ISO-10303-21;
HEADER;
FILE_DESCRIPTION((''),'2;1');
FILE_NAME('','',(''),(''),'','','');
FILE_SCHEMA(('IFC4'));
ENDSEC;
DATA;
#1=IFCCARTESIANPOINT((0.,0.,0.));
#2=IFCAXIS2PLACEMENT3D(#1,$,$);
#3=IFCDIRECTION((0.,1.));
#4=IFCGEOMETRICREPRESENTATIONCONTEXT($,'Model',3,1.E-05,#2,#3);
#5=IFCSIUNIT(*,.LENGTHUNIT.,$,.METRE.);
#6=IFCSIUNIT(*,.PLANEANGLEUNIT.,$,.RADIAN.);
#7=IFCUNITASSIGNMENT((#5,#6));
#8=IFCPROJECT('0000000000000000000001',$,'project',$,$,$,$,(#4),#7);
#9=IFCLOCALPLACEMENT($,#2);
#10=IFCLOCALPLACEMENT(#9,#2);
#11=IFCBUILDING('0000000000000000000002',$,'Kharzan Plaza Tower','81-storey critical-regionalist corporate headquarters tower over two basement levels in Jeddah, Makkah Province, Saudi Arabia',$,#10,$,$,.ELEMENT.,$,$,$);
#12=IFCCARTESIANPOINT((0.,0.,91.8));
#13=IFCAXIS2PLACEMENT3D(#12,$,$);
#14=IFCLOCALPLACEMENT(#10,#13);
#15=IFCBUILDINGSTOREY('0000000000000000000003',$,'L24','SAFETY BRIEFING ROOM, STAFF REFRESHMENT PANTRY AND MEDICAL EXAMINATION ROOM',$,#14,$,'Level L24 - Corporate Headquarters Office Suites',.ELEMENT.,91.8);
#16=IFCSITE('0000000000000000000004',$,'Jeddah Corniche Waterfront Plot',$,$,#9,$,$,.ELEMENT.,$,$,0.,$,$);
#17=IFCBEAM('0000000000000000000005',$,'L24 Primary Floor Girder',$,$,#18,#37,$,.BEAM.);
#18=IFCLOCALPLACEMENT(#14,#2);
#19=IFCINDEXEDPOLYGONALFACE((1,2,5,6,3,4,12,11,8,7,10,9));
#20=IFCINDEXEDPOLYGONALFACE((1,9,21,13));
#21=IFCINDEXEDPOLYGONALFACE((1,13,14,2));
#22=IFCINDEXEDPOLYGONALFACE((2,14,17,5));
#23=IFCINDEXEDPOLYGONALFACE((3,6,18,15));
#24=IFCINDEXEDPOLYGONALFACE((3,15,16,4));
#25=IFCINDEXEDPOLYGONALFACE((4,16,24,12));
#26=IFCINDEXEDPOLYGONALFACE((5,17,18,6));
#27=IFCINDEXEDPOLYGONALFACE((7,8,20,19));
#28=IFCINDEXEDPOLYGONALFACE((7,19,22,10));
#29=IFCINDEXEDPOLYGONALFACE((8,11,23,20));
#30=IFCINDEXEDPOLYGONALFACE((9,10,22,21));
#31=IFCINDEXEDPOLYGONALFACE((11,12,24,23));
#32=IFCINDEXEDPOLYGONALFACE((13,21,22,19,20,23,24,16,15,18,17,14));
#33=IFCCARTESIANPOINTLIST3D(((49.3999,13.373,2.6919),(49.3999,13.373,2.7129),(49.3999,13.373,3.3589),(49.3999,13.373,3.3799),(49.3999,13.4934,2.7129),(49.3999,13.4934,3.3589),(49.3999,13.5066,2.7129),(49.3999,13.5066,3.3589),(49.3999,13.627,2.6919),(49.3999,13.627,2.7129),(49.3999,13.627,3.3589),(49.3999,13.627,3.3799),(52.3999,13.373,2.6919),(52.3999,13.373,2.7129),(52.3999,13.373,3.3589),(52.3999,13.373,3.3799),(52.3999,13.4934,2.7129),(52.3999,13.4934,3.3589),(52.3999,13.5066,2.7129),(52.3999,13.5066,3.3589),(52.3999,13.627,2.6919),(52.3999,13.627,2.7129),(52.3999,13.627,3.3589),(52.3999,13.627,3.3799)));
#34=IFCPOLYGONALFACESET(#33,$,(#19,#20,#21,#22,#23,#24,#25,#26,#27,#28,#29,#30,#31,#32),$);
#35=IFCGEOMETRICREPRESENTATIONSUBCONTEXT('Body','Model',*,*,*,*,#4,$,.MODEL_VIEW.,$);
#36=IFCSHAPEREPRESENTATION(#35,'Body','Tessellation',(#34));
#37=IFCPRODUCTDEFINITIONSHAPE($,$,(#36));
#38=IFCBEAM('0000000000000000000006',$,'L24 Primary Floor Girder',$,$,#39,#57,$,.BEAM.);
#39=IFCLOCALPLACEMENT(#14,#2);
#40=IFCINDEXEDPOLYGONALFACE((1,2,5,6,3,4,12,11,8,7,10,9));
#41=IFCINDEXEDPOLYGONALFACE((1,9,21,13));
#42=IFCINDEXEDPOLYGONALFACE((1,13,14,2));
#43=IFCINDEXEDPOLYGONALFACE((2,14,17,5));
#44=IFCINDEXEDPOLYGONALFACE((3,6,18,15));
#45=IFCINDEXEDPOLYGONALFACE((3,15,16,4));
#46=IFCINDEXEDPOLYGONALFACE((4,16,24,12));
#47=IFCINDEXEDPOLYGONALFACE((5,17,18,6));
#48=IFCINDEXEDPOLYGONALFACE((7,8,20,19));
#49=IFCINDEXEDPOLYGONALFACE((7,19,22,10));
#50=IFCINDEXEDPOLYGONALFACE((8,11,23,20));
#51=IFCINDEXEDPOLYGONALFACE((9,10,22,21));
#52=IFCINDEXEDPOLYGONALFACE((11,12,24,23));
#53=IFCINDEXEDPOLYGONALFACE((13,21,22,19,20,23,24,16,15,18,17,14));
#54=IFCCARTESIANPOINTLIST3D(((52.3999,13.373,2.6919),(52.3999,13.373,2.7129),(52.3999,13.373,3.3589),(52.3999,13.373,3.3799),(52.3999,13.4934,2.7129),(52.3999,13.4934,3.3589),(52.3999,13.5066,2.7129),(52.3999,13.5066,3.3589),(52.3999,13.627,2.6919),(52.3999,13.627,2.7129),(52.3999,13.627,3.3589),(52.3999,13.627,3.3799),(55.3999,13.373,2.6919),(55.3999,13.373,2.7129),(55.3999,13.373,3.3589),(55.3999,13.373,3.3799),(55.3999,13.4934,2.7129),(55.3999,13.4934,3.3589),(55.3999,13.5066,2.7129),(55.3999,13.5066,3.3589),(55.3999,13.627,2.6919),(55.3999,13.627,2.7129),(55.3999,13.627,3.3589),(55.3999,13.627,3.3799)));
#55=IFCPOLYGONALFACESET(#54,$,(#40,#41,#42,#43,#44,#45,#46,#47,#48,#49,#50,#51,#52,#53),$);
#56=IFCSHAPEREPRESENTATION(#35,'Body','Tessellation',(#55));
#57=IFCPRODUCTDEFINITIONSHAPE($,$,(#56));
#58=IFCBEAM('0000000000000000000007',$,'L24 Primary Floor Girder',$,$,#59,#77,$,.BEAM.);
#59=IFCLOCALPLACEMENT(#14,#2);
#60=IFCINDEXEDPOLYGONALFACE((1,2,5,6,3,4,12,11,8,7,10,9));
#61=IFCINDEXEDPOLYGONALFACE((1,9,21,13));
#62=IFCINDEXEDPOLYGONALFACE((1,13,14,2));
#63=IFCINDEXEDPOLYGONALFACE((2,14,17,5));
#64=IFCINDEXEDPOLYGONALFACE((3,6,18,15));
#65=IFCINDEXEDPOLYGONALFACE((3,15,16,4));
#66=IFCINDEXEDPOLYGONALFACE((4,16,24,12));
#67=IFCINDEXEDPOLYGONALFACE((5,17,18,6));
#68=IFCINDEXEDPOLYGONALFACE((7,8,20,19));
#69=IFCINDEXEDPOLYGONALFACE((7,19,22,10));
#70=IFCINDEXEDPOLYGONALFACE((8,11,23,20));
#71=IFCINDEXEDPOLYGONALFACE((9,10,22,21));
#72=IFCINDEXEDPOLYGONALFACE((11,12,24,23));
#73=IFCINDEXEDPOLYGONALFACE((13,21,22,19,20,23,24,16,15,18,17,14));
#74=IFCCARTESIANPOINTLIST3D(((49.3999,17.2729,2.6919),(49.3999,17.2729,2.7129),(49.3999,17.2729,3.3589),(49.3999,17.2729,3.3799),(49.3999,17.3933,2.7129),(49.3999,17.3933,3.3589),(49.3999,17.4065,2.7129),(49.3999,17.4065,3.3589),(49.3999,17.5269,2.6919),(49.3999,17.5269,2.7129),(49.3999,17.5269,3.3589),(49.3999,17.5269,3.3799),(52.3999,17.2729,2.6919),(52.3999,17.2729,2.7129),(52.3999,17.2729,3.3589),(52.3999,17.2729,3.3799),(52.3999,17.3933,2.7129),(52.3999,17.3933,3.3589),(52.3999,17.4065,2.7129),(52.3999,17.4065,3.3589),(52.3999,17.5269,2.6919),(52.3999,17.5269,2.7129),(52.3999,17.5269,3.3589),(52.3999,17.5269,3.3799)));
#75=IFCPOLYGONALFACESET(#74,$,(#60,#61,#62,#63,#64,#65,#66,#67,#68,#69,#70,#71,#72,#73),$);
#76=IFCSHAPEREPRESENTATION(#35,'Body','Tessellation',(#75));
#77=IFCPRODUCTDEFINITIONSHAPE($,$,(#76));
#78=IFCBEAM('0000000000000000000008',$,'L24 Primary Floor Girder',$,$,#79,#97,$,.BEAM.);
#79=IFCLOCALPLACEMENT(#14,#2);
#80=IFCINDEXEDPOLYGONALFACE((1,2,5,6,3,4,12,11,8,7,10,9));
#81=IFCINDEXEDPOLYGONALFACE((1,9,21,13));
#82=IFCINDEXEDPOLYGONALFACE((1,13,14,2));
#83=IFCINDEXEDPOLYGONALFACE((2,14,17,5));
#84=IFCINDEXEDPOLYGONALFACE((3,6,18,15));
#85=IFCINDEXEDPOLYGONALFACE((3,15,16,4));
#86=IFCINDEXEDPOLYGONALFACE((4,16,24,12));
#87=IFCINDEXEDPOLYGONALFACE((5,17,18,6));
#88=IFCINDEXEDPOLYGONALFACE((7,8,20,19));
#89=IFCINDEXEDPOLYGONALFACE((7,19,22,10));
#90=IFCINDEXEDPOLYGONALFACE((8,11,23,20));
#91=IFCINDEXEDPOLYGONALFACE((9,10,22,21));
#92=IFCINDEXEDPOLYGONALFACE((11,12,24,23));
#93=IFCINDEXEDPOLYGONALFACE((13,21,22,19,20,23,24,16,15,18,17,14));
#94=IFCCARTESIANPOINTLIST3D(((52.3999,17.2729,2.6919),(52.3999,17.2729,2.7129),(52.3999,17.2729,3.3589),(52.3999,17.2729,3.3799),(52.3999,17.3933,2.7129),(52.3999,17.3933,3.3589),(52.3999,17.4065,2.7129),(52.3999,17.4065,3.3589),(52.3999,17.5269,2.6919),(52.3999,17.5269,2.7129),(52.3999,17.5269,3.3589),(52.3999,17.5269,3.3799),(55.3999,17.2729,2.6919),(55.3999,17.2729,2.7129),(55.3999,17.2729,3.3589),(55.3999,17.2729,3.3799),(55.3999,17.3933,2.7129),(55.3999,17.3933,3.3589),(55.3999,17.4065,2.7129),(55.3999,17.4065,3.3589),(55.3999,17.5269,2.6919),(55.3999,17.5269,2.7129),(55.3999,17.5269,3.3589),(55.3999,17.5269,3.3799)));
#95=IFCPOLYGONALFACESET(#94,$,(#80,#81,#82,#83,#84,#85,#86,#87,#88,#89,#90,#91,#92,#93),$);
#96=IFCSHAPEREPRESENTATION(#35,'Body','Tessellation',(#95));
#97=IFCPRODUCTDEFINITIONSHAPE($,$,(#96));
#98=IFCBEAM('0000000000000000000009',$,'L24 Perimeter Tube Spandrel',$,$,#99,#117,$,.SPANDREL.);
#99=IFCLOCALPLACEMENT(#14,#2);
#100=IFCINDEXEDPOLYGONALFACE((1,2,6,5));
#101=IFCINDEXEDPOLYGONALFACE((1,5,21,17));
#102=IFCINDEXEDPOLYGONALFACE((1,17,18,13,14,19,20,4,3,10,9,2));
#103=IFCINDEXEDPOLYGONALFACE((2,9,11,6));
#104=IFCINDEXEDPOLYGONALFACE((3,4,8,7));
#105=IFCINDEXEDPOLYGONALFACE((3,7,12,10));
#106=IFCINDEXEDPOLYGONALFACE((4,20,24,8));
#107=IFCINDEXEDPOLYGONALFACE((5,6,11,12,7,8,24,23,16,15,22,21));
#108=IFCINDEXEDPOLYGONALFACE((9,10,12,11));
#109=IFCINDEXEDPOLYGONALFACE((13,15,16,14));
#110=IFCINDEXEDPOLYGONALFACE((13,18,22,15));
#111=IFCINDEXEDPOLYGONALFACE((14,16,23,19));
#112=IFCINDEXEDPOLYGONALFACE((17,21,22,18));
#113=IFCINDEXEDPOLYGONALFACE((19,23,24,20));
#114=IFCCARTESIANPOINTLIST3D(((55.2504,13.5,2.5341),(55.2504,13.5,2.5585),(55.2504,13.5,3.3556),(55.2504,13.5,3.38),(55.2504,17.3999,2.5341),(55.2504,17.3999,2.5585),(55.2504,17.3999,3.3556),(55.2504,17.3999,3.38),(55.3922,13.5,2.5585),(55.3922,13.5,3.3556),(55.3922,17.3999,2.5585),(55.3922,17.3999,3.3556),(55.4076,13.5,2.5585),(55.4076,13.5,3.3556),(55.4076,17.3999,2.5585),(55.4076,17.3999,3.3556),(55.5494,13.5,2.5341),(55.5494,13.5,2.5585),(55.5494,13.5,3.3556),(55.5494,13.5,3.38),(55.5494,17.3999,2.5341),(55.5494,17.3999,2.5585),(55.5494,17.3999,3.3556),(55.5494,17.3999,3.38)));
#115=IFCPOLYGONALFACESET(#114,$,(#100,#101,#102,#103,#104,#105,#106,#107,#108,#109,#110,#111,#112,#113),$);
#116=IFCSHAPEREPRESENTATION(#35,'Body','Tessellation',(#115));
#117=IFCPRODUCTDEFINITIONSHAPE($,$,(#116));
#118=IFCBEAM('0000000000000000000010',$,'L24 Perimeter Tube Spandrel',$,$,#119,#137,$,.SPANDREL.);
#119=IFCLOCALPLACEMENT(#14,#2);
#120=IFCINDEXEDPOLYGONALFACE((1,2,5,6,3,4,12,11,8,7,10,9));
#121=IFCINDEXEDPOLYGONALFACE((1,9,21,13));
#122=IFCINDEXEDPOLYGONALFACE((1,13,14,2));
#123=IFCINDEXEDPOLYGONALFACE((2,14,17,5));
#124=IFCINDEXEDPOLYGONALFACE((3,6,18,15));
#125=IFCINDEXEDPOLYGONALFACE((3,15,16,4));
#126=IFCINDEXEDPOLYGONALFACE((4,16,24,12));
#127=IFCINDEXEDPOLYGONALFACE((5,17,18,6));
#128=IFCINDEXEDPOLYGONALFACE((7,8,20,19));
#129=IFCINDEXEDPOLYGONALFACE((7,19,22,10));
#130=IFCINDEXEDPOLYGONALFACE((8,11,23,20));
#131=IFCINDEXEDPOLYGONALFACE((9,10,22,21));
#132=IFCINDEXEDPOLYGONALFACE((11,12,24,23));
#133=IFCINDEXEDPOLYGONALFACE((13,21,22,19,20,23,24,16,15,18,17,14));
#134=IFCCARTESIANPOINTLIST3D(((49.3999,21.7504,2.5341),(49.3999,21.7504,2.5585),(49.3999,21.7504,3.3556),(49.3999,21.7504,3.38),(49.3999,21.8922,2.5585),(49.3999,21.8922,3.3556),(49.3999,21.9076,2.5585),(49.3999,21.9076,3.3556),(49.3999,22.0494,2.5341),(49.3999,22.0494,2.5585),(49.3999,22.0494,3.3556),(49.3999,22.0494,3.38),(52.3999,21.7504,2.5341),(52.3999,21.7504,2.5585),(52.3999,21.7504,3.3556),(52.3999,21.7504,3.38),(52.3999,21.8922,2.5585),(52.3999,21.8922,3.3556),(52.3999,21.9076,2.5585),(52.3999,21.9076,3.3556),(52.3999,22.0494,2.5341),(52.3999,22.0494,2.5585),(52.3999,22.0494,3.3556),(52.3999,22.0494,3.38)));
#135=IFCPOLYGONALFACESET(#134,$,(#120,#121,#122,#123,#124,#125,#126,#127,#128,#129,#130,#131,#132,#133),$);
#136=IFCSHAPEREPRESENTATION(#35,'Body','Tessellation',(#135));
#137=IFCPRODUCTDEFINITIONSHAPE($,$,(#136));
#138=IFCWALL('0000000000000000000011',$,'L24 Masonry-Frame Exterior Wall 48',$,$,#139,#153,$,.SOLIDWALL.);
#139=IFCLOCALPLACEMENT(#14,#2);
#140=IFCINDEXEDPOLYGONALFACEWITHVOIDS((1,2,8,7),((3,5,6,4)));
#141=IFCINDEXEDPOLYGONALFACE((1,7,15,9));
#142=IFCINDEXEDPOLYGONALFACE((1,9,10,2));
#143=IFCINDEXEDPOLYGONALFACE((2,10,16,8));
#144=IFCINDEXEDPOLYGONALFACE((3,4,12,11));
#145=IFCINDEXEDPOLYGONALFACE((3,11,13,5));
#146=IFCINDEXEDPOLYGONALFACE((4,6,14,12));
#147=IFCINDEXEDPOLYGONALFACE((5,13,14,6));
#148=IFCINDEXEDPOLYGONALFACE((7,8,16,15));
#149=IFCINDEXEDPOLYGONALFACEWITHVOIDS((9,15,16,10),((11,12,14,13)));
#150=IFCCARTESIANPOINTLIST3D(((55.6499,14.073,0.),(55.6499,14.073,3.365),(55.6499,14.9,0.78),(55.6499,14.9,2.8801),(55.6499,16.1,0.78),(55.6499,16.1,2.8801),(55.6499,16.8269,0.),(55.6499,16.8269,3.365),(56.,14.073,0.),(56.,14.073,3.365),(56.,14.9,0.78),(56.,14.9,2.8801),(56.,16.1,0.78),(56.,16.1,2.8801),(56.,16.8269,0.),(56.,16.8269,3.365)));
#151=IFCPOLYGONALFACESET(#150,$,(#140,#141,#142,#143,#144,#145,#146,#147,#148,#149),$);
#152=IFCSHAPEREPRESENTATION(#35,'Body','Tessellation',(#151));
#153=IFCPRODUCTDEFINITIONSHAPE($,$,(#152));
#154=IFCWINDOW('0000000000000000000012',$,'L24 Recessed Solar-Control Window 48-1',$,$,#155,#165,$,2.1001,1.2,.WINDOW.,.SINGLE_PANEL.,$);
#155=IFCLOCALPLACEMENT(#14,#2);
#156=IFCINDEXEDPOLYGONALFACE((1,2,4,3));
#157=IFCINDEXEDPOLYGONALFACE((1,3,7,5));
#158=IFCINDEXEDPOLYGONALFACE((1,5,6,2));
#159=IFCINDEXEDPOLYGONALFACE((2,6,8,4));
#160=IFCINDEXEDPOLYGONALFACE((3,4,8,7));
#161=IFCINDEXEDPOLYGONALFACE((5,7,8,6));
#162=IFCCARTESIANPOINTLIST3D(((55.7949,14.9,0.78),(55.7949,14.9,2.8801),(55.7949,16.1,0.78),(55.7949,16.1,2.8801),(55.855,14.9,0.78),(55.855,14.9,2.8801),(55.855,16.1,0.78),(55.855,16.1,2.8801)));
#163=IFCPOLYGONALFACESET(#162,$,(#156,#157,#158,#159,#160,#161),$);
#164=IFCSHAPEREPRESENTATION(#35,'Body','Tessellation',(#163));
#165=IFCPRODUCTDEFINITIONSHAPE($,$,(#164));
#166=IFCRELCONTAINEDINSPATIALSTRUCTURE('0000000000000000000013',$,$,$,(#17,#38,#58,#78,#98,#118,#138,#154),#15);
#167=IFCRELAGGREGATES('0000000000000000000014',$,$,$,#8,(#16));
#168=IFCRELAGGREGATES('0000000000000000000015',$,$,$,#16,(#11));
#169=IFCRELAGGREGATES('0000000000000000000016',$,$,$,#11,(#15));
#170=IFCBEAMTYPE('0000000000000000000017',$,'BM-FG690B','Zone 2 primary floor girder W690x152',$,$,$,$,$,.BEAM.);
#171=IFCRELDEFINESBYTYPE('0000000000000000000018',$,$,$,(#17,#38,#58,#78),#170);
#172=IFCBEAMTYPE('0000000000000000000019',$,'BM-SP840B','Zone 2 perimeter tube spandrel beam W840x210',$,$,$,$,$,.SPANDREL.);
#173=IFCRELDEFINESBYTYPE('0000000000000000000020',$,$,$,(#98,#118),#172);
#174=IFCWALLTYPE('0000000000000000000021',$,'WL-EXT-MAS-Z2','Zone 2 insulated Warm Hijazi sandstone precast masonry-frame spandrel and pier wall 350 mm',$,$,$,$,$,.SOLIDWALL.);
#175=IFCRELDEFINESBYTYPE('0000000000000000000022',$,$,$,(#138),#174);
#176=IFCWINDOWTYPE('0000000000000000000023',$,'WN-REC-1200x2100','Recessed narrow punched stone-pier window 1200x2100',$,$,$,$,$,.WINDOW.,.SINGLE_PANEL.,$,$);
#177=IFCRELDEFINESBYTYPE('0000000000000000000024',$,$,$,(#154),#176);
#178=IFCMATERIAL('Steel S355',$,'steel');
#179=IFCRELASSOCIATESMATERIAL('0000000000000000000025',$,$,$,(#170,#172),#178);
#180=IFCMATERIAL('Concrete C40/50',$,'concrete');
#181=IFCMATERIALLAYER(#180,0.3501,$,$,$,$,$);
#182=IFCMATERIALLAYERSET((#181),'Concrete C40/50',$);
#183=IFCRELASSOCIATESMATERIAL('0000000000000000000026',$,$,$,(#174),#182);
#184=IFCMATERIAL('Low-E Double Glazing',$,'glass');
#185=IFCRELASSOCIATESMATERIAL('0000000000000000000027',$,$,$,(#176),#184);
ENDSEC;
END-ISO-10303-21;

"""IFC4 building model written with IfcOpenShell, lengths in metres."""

from ifc_helpers import new_model, si_unit, direction, frame, frame_2d, origin, origin_2d, place, context, subcontext, project, spatial, rectangle, i_section, extrude, source, transform, mapped, material, layer, layer_set, material_profile, profile_set, type_object, element, fill, save


model = new_model("IFC4")

# Units and contexts
model_context = context("Model", 3, precision=1e-05, world=origin(), true_north=direction((0.0, 1.0)))
body_context = subcontext(model_context, "Body", "Model", "MODEL_VIEW")
ifc_project = project(units=[si_unit("LENGTHUNIT", "METRE"), si_unit("PLANEANGLEUNIT", "RADIAN")], contexts=[model_context])

# Site, building, storey
site_placement = place(None, origin())
site = spatial("IfcSite", under=ifc_project, at=site_placement, Name="Jeddah Corniche Waterfront Plot", CompositionType="ELEMENT", RefElevation=0.0)
building_placement = place(site_placement, origin())
building = spatial("IfcBuilding", under=site, at=building_placement, Name="Kharzan Plaza Tower", Description="81-storey critical-regionalist corporate headquarters tower over two basement levels in Jeddah, Makkah Province, Saudi Arabia", CompositionType="ELEMENT")
storey_placement = place(building_placement, frame((0.0, 0.0, 91.8)))
storey = spatial("IfcBuildingStorey", under=building, at=storey_placement, Name="L24", Description="SAFETY BRIEFING ROOM, STAFF REFRESHMENT PANTRY AND MEDICAL EXAMINATION ROOM", LongName="Level L24 - Corporate Headquarters Office Suites", CompositionType="ELEMENT", Elevation=91.8)

# Beams
ifc_material_1 = material(Name="Steel S355", Category="steel")
ifc_material_profile_1 = material_profile(ifc_material_1, i_section(OverallWidth=0.2539, OverallDepth=0.688, WebThickness=0.0132, FlangeThickness=0.021, at=origin_2d()), Name="W690x152")
ifc_profile_set_1 = profile_set([ifc_material_profile_1], Name="Steel S355")
beam_type_1 = type_object("IfcBeamType", Name="BM-FG690B", Description="Zone 2 primary floor girder W690x152", PredefinedType="BEAM", material=ifc_profile_set_1)
shared_shape_1 = source(origin(), body_context, "Body", "SweptSolid", [
    extrude(i_section(OverallWidth=0.2539, OverallDepth=0.688, WebThickness=0.0132, FlangeThickness=0.021, at=origin_2d()), origin(), (0.0, 0.0, 1.0), 3.0),
])
for number, where, z_axis, x_axis, name in (
    (1, (49.3999, 13.5, 3.0359), (1.0, 0.0, 0.0), (0.0, 1.0, 0.0), "L24 Primary Floor Girder"),
    (2, (52.3999, 13.5, 3.0359), (1.0, 0.0, 0.0), (0.0, 1.0, 0.0), "L24 Primary Floor Girder"),
    (3, (49.3999, 17.3999, 3.0359), (1.0, 0.0, 0.0), (0.0, 1.0, 0.0), "L24 Primary Floor Girder"),
    (4, (52.3999, 17.3999, 3.0359), (1.0, 0.0, 0.0), (0.0, 1.0, 0.0), "L24 Primary Floor Girder"),
):
    element("IfcBeam", number, at=place(storey_placement, frame(where, z_axis=z_axis, x_axis=x_axis)), inside=storey, type_object=beam_type_1, Name=name, PredefinedType="BEAM", context=body_context, shape_type="MappedRepresentation", body=[
        mapped(shared_shape_1, transform((0.0, 0.0, 0.0), x_axis=(1.0, 0.0, 0.0), y_axis=(0.0, 1.0, 0.0), z_axis=(0.0, 0.0, 1.0))),
    ])
ifc_material_profile_2 = material_profile(ifc_material_1, i_section(OverallWidth=0.2991, OverallDepth=0.8459, WebThickness=0.0154, FlangeThickness=0.0244, at=origin_2d()), Name="W840x210")
ifc_profile_set_2 = profile_set([ifc_material_profile_2], Name="Steel S355")
beam_type_2 = type_object("IfcBeamType", Name="BM-SP840B", Description="Zone 2 perimeter tube spandrel beam W840x210", PredefinedType="SPANDREL", material=ifc_profile_set_2)
shared_shape_2 = source(origin(), body_context, "Body", "SweptSolid", [
    extrude(i_section(OverallWidth=0.2991, OverallDepth=0.8459, WebThickness=0.0154, FlangeThickness=0.0244, at=origin_2d()), origin(), (0.0, 0.0, 1.0), 3.8999),
])
beam_1_placement = place(storey_placement, frame((55.3999, 13.5, 2.957), z_axis=(0.0, 1.0, 0.0), x_axis=(-1.0, 0.0, 0.0)))
element("IfcBeam", 5, at=beam_1_placement, inside=storey, type_object=beam_type_2, Name="L24 Perimeter Tube Spandrel", PredefinedType="SPANDREL", context=body_context, shape_type="MappedRepresentation", body=[
    mapped(shared_shape_2, transform((0.0, 0.0, 0.0), x_axis=(1.0, 0.0, 0.0), y_axis=(0.0, 1.0, 0.0), z_axis=(0.0, 0.0, 1.0))),
])
shared_shape_3 = source(origin(), body_context, "Body", "SweptSolid", [
    extrude(i_section(OverallWidth=0.2991, OverallDepth=0.8459, WebThickness=0.0154, FlangeThickness=0.0244, at=origin_2d()), origin(), (0.0, 0.0, 1.0), 3.0),
])
beam_2_placement = place(storey_placement, frame((49.3999, 21.8999, 2.957), z_axis=(1.0, 0.0, 0.0), x_axis=(0.0, 1.0, 0.0)))
element("IfcBeam", 6, at=beam_2_placement, inside=storey, type_object=beam_type_2, Name="L24 Perimeter Tube Spandrel", PredefinedType="SPANDREL", context=body_context, shape_type="MappedRepresentation", body=[
    mapped(shared_shape_3, transform((0.0, 0.0, 0.0), x_axis=(1.0, 0.0, 0.0), y_axis=(0.0, 1.0, 0.0), z_axis=(0.0, 0.0, 1.0))),
])

# Wall, opening, window
ifc_material_2 = material(Name="Concrete C40/50", Category="concrete")
ifc_layer = layer(ifc_material_2, 0.3501)
ifc_layer_set = layer_set([ifc_layer], Name="Concrete C40/50")
wall_type = type_object("IfcWallType", Name="WL-EXT-MAS-Z2", Description="Zone 2 insulated Warm Hijazi sandstone precast masonry-frame spandrel and pier wall 350 mm", PredefinedType="SOLIDWALL", material=ifc_layer_set)
wall_1_placement = place(storey_placement, frame((55.825, 14.073, 0.0), z_axis=(0.0, 0.0, 1.0), x_axis=(0.0, 1.0, 0.0)))
wall_1 = element("IfcWall", 7, at=wall_1_placement, inside=storey, type_object=wall_type, Name="L24 Masonry-Frame Exterior Wall 48", PredefinedType="SOLIDWALL", context=body_context, shape_type="SweptSolid", body=[
    extrude(rectangle(XDim=2.7539, YDim=0.3501, at=frame_2d((1.377, 0.0))), origin(), (0.0, 0.0, 1.0), 3.365),
])
opening_1_placement = place(wall_1_placement, frame((0.8269, 0.0, 0.78)))
opening_1 = element("IfcOpeningElement", 8, at=opening_1_placement, cuts=wall_1, PredefinedType="OPENING", context=body_context, shape_type="SweptSolid", body=[
    extrude(rectangle(XDim=1.2, YDim=2.1001, at=frame_2d((0.6001, 1.05))), frame((0.0, 0.1851, 0.0), z_axis=(0.0, -1.0, 0.0), x_axis=(1.0, 0.0, 0.0)), (0.0, 0.0, 1.0), 0.3701),
])
ifc_material_3 = material(Name="Low-E Double Glazing", Category="glass")
window_type_1 = type_object("IfcWindowType", Name="WN-REC-1200x2100", Description="Recessed narrow punched stone-pier window 1200x2100", PartitioningType="SINGLE_PANEL", PredefinedType="WINDOW", material=ifc_material_3)
shared_shape_4 = source(origin(), body_context, "Body", "SweptSolid", [
    extrude(rectangle(XDim=1.2, YDim=2.1001, at=frame_2d((0.6001, 1.05))), frame((0.0, 0.03, 0.0), z_axis=(0.0, -1.0, 0.0), x_axis=(1.0, 0.0, 0.0)), (0.0, 0.0, 1.0), 0.0601),
])
window_1_placement = place(opening_1_placement, origin())
window_1 = element("IfcWindow", 9, at=window_1_placement, inside=storey, type_object=window_type_1, Name="L24 Recessed Solar-Control Window 48-1", OverallHeight=2.1001, OverallWidth=1.2, PartitioningType="SINGLE_PANEL", PredefinedType="WINDOW", context=body_context, shape_type="MappedRepresentation", body=[
    mapped(shared_shape_4, transform((0.0, 0.0, 0.0), x_axis=(1.0, 0.0, 0.0), y_axis=(0.0, 1.0, 0.0), z_axis=(0.0, 0.0, 1.0))),
])
fill(opening_1, window_1)

save(model, "model.ifc")
